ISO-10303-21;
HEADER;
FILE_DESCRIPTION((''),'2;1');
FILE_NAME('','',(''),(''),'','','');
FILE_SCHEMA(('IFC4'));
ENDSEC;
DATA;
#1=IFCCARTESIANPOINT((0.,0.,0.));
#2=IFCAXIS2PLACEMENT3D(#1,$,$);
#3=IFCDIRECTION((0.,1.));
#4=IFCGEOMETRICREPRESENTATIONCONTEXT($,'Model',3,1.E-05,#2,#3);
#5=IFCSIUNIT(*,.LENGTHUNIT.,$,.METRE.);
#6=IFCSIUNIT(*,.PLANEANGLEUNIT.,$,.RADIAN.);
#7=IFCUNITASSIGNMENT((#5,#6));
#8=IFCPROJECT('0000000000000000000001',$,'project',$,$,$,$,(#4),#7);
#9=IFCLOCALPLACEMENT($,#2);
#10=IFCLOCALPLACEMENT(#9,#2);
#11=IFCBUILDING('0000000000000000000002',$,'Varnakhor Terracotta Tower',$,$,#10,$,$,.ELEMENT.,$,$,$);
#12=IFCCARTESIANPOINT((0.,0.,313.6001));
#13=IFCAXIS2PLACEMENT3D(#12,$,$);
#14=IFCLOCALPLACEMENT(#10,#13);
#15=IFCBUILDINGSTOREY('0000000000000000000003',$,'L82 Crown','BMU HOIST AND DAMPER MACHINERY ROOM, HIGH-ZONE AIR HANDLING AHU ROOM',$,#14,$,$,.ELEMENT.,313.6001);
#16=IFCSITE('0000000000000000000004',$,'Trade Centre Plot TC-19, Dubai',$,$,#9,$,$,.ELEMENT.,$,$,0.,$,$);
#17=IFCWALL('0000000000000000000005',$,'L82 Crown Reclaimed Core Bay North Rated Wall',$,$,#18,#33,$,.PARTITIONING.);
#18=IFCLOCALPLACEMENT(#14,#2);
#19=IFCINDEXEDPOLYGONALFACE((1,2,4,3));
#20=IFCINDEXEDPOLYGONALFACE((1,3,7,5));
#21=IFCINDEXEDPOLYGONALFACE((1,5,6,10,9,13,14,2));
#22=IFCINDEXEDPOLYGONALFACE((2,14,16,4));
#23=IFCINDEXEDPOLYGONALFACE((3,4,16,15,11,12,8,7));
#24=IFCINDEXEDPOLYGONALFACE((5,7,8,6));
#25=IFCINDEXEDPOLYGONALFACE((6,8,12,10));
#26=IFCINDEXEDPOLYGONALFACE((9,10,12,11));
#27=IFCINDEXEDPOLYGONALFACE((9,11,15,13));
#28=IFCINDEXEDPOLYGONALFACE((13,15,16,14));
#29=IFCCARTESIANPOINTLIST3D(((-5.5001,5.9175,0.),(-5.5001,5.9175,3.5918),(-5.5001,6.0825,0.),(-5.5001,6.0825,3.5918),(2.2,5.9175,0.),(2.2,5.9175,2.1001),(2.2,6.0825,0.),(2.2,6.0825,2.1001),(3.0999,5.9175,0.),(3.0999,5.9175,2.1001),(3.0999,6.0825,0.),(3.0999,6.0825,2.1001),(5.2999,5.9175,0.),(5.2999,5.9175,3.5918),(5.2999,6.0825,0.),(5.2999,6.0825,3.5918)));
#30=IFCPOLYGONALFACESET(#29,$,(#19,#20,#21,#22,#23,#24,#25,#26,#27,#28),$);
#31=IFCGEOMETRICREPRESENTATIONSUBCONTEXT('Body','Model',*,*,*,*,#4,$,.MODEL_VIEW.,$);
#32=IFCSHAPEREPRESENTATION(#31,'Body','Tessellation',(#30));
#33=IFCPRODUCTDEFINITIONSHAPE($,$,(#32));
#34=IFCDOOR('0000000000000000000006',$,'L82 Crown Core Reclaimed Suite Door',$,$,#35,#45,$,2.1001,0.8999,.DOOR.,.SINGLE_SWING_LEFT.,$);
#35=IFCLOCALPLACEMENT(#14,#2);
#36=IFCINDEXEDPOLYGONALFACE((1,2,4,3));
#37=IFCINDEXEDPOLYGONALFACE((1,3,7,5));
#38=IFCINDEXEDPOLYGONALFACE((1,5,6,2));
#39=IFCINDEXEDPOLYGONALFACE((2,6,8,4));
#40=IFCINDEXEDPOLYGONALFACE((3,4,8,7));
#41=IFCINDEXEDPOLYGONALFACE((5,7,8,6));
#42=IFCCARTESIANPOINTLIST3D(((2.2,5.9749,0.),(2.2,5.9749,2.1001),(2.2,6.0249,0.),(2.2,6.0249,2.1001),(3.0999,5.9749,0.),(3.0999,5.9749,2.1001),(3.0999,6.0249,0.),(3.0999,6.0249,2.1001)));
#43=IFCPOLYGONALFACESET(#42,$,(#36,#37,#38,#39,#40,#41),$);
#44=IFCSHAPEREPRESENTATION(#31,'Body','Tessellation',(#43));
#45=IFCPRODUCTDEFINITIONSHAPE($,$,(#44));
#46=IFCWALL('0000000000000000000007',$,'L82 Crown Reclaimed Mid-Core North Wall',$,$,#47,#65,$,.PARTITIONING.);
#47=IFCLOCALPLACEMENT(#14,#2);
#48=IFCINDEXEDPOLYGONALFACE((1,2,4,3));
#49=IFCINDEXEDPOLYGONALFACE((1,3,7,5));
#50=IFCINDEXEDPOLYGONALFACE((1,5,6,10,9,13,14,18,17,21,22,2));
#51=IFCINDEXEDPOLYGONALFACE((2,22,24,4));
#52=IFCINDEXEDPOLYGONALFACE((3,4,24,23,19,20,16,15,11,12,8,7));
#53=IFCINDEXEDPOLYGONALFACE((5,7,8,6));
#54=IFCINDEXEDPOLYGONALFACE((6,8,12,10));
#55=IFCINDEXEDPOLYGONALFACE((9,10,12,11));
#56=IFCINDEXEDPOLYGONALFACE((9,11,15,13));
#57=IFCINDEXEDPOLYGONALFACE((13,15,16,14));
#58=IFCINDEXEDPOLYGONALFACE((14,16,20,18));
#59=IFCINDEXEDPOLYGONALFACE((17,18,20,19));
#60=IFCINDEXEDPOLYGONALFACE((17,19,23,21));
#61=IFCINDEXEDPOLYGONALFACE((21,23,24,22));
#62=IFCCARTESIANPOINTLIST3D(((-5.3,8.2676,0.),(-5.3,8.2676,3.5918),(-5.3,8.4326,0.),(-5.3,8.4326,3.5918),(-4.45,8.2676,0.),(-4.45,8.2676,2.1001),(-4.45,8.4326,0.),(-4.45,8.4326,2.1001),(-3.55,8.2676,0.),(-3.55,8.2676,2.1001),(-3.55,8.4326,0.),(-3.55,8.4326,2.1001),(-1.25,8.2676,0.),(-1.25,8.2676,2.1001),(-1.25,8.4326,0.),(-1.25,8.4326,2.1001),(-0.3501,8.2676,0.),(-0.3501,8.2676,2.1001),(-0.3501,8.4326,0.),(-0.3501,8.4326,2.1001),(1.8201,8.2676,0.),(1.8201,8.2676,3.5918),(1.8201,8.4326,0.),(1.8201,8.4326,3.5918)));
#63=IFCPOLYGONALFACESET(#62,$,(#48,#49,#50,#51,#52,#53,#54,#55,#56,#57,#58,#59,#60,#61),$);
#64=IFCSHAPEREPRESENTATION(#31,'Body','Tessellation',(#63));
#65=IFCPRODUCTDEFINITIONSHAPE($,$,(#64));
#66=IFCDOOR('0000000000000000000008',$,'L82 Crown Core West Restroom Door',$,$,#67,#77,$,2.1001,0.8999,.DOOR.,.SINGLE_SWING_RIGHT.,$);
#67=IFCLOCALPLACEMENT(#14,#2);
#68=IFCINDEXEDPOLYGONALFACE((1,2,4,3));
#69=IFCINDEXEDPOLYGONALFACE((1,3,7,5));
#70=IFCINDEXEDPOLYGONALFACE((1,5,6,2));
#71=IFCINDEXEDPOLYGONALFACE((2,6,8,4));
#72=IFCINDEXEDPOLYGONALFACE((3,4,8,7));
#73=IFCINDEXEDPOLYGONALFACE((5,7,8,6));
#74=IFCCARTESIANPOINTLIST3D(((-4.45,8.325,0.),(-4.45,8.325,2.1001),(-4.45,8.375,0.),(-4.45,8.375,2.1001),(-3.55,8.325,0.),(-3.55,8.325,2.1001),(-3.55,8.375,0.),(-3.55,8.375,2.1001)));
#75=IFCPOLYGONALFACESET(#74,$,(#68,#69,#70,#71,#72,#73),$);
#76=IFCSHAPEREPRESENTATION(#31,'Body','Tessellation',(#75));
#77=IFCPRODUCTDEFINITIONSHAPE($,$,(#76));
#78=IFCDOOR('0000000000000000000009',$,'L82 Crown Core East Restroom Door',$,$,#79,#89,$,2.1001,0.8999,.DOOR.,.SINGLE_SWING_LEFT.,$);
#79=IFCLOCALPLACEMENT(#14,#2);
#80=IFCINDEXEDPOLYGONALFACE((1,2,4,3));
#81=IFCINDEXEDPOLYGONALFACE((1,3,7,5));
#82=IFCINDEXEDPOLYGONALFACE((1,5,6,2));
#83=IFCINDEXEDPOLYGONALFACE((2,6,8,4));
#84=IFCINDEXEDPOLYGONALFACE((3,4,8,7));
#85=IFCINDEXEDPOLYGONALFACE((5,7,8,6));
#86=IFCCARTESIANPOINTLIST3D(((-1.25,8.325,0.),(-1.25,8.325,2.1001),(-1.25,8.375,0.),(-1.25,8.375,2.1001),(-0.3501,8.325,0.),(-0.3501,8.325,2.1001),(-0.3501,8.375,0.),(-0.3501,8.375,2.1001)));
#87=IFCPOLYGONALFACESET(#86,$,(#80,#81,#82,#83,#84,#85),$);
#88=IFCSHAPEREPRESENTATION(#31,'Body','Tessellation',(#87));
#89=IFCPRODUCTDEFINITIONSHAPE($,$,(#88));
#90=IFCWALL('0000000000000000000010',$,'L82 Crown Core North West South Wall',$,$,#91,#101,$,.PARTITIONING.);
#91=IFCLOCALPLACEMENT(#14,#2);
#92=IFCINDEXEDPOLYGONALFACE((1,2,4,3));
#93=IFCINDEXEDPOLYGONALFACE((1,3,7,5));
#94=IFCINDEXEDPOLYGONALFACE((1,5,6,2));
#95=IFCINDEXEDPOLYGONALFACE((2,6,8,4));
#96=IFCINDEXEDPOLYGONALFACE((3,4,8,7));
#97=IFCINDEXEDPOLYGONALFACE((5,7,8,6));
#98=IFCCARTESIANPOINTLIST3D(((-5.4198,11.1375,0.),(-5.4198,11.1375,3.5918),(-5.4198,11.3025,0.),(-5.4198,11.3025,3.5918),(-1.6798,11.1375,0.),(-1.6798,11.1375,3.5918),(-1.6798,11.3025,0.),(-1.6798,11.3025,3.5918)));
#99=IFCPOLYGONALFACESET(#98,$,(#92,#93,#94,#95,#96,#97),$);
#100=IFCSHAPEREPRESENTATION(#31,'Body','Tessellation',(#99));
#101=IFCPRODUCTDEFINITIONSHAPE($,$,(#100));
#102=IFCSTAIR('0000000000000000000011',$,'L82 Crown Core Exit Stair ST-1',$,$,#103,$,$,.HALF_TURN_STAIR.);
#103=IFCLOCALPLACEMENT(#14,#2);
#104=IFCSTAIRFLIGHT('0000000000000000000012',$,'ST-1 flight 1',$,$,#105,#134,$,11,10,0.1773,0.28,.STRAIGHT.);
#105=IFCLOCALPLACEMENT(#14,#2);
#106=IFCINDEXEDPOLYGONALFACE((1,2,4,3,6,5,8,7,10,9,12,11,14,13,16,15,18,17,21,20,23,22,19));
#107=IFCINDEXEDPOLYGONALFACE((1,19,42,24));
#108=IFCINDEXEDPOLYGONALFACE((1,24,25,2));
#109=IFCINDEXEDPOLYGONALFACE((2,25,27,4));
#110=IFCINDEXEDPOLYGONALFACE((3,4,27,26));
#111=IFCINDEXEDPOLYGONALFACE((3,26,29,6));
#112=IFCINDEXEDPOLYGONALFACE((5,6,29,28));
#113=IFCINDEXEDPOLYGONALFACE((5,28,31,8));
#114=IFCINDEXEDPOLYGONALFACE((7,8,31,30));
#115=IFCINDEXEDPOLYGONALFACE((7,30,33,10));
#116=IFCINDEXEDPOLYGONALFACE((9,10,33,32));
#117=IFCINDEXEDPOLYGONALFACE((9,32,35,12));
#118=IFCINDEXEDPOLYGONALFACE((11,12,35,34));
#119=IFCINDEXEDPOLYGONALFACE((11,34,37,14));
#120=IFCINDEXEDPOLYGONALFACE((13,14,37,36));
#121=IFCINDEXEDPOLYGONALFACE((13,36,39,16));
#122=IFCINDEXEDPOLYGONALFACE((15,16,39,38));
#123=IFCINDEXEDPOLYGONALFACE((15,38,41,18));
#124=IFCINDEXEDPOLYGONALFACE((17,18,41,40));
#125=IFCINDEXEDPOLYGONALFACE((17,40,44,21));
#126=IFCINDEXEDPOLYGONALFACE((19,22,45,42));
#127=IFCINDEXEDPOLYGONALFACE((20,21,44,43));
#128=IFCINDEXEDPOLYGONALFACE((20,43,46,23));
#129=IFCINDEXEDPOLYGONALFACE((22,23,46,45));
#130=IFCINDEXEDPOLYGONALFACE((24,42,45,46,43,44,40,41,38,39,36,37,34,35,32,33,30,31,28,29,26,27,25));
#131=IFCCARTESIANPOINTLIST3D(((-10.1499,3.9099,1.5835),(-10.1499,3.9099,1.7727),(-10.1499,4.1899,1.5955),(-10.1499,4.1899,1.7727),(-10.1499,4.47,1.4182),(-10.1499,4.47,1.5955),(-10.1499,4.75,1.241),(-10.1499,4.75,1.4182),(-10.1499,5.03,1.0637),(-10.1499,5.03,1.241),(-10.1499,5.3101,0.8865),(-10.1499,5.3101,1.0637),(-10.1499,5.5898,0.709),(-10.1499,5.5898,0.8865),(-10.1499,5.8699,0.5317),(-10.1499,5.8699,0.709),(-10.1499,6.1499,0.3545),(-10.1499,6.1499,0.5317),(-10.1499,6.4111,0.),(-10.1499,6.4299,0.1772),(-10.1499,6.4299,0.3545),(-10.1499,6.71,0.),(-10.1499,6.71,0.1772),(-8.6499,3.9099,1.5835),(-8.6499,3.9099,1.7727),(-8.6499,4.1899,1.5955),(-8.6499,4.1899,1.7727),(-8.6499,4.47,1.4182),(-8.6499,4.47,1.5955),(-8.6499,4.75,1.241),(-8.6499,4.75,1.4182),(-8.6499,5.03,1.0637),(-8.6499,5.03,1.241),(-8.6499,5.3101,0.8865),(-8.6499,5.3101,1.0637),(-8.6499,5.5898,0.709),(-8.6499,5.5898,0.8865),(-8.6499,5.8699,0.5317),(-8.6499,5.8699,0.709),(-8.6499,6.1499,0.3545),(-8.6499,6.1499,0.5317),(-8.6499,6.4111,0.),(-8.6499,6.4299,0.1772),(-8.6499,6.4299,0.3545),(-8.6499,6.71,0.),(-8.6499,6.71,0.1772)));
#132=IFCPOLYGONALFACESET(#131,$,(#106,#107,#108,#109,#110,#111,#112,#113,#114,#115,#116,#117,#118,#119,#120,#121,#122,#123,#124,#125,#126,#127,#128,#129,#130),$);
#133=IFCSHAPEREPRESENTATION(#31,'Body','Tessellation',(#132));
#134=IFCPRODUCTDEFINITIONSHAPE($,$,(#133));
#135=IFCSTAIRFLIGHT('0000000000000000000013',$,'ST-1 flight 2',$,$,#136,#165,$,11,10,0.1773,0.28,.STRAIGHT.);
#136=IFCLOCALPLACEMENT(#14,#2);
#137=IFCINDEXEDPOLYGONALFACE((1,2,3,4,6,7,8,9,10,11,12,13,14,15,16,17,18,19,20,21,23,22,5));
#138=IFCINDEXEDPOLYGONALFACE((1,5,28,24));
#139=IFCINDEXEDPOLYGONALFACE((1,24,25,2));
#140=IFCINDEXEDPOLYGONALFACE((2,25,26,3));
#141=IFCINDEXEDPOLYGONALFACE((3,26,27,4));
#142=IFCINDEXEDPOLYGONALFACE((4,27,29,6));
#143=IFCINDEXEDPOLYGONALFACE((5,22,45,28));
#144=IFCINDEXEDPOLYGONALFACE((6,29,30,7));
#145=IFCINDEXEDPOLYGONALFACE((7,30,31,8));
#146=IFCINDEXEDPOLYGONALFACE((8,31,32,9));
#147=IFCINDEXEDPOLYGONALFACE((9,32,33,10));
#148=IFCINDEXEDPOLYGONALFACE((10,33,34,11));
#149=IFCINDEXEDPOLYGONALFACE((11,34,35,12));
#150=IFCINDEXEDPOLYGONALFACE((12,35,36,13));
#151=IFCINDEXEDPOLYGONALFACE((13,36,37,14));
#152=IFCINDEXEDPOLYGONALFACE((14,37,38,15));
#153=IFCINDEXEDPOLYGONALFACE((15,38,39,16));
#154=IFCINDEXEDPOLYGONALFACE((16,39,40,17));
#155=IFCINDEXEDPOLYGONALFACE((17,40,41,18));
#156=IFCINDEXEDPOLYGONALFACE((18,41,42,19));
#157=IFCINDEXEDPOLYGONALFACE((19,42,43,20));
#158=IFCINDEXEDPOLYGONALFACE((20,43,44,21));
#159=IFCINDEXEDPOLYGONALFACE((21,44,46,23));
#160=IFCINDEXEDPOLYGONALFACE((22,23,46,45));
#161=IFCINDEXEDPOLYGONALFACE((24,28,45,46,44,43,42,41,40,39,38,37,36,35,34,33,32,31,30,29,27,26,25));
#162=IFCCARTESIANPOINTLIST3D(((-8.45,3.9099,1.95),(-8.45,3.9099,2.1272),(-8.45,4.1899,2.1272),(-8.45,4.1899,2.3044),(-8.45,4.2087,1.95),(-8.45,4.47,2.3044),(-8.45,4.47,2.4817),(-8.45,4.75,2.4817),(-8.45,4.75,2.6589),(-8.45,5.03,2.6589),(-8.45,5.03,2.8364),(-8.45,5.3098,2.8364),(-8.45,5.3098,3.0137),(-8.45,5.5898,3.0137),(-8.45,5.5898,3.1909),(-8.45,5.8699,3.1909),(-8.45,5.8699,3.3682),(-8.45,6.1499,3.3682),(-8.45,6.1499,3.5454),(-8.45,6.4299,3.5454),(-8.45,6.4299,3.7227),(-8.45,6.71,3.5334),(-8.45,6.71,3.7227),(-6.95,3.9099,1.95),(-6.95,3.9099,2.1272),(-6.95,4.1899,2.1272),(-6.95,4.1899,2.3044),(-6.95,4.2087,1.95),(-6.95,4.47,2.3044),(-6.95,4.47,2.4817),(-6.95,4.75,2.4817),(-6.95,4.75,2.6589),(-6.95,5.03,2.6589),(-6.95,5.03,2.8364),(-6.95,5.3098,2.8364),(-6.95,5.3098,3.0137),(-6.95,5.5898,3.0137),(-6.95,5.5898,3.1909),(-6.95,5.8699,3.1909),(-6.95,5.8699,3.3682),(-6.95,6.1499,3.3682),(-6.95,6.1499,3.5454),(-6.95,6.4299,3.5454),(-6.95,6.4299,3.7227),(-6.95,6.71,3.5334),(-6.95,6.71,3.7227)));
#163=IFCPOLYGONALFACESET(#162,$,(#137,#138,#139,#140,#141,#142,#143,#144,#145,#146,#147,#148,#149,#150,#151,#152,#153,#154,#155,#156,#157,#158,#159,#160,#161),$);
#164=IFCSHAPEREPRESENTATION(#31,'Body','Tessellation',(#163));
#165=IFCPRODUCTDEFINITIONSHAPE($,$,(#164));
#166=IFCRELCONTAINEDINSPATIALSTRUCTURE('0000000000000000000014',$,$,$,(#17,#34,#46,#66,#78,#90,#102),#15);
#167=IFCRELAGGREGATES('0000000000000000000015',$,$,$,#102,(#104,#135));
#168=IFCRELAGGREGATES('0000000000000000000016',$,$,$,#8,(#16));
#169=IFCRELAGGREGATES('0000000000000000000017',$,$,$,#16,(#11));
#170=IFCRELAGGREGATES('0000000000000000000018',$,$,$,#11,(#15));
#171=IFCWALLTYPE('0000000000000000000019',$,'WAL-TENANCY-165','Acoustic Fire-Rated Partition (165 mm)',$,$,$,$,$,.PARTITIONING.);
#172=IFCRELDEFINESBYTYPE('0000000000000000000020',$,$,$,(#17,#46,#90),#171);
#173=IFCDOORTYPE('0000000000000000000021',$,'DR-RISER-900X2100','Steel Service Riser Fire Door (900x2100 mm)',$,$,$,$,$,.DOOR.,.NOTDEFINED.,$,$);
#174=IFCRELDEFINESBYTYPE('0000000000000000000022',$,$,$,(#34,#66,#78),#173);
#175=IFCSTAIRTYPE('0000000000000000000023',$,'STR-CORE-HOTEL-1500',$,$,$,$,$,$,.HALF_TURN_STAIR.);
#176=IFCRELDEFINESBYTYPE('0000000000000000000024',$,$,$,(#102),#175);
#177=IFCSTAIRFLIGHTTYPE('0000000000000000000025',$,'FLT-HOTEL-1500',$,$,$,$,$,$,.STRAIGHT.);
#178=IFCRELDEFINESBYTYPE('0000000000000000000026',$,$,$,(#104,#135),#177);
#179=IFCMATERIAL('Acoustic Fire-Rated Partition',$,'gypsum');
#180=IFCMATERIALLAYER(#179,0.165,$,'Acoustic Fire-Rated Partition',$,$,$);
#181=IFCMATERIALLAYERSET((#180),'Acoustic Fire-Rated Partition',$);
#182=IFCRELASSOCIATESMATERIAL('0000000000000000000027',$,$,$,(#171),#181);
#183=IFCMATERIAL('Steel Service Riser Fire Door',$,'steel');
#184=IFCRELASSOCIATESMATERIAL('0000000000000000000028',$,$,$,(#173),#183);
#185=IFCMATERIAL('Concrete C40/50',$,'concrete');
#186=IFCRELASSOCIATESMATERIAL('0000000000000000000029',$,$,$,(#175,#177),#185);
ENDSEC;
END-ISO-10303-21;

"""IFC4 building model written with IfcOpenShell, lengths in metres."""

from ifc_helpers import new_model, si_unit, direction, frame, frame_2d, origin, place, context, subcontext, project, spatial, polyline, rectangle, outline, extrude, source, transform, mapped, material, layer, layer_set, type_object, type_shapes, element, fill, aggregate, save


model = new_model("IFC4")

# Units and contexts
model_context = context("Model", 3, precision=1e-05, world=origin(), true_north=direction((0.0, 1.0)))
body_context = subcontext(model_context, "Body", "Model", "MODEL_VIEW")
ifc_project = project(units=[si_unit("LENGTHUNIT", "METRE"), si_unit("PLANEANGLEUNIT", "RADIAN")], contexts=[model_context])

# Site, building, storey
site_placement = place(None, origin())
site = spatial("IfcSite", under=ifc_project, at=site_placement, Name="Trade Centre Plot TC-19, Dubai", CompositionType="ELEMENT", RefElevation=0.0)
building_placement = place(site_placement, origin())
building = spatial("IfcBuilding", under=site, at=building_placement, Name="Varnakhor Terracotta Tower", CompositionType="ELEMENT")
storey_placement = place(building_placement, frame((0.0, 0.0, 313.6001)))
storey = spatial("IfcBuildingStorey", under=building, at=storey_placement, Name="L82 Crown", Description="BMU HOIST AND DAMPER MACHINERY ROOM, HIGH-ZONE AIR HANDLING AHU ROOM", CompositionType="ELEMENT", Elevation=313.6001)

# Shared definitions
ifc_material_1 = material(Name="Concrete C40/50", Category="concrete")

# Shared definitions
ifc_material_2 = material(Name="Acoustic Fire-Rated Partition", Category="gypsum")

# Wall, opening, door
ifc_layer_1 = layer(ifc_material_2, 0.165, Name="Acoustic Fire-Rated Partition")
ifc_layer_set_1 = layer_set([ifc_layer_1], Name="Acoustic Fire-Rated Partition")
wall_type_1 = type_object("IfcWallType", Name="WAL-TENANCY-165", Description="Acoustic Fire-Rated Partition (165 mm)", PredefinedType="PARTITIONING", material=ifc_layer_set_1)
wall_1_placement = place(storey_placement, frame((-5.5, 6.0, 0.0), z_axis=(0.0, 0.0, 1.0), x_axis=(1.0, 0.0, 0.0)))
wall_1 = element("IfcWall", 1, at=wall_1_placement, inside=storey, type_object=wall_type_1, Name="L82 Crown Reclaimed Core Bay North Rated Wall", PredefinedType="PARTITIONING", context=body_context, shape_type="SweptSolid", body=[
    extrude(rectangle(XDim=10.8, YDim=0.165, at=frame_2d((5.3999, 0.0))), origin(), (0.0, 0.0, 1.0), 3.5918),
])
opening_1_placement = place(wall_1_placement, frame((7.7, 0.0, 0.0)))
opening_1 = element("IfcOpeningElement", 2, at=opening_1_placement, cuts=wall_1, PredefinedType="OPENING", context=body_context, shape_type="SweptSolid", body=[
    extrude(rectangle(XDim=0.8999, YDim=2.1001, at=frame_2d((0.45, 1.05))), frame((0.0, 0.0925, 0.0), z_axis=(0.0, -1.0, 0.0), x_axis=(1.0, 0.0, 0.0)), (0.0, 0.0, 1.0), 0.1851),
])
ifc_material_3 = material(Name="Steel Service Riser Fire Door", Category="steel")
door_type_1 = type_object("IfcDoorType", Name="DR-RISER-900X2100", Description="Steel Service Riser Fire Door (900x2100 mm)", OperationType="NOTDEFINED", PredefinedType="DOOR", material=ifc_material_3)
shared_shape_1 = source(origin(), body_context, "Body", "SweptSolid", [
    extrude(rectangle(XDim=0.8999, YDim=2.1001, at=frame_2d((0.45, 1.05))), frame((0.0, 0.0249, 0.0), z_axis=(0.0, -1.0, 0.0), x_axis=(1.0, 0.0, 0.0)), (0.0, 0.0, 1.0), 0.05),
])
type_shapes(door_type_1, [shared_shape_1])
door_1_placement = place(opening_1_placement, origin())
door_1 = element("IfcDoor", 3, at=door_1_placement, inside=storey, type_object=door_type_1, Name="L82 Crown Core Reclaimed Suite Door", OperationType="SINGLE_SWING_LEFT", OverallHeight=2.1001, OverallWidth=0.8999, PredefinedType="DOOR", context=body_context, shape_type="MappedRepresentation", body=[
    mapped(shared_shape_1, transform((0.0, 0.0, 0.0), scale=1.0)),
])
fill(opening_1, door_1)

# Wall, openings, doors
wall_2_placement = place(storey_placement, frame((-5.3, 8.3501, 0.0), z_axis=(0.0, 0.0, 1.0), x_axis=(1.0, 0.0, 0.0)))
wall_2 = element("IfcWall", 4, at=wall_2_placement, inside=storey, type_object=wall_type_1, Name="L82 Crown Reclaimed Mid-Core North Wall", PredefinedType="PARTITIONING", context=body_context, shape_type="SweptSolid", body=[
    extrude(rectangle(XDim=7.1201, YDim=0.165, at=frame_2d((3.5601, 0.0))), origin(), (0.0, 0.0, 1.0), 3.5918),
])
opening_2_placement = place(wall_2_placement, frame((0.8501, 0.0, 0.0)))
opening_2 = element("IfcOpeningElement", 5, at=opening_2_placement, cuts=wall_2, PredefinedType="OPENING", context=body_context, shape_type="SweptSolid", body=[
    extrude(rectangle(XDim=0.8999, YDim=2.1001, at=frame_2d((0.45, 1.05))), frame((0.0, 0.0925, 0.0), z_axis=(0.0, -1.0, 0.0), x_axis=(1.0, 0.0, 0.0)), (0.0, 0.0, 1.0), 0.1851),
])
opening_3_placement = place(wall_2_placement, frame((4.05, 0.0, 0.0)))
opening_3 = element("IfcOpeningElement", 6, at=opening_3_placement, cuts=wall_2, PredefinedType="OPENING", context=body_context, shape_type="SweptSolid", body=[
    extrude(rectangle(XDim=0.8999, YDim=2.1001, at=frame_2d((0.45, 1.05))), frame((0.0, 0.0925, 0.0), z_axis=(0.0, -1.0, 0.0), x_axis=(1.0, 0.0, 0.0)), (0.0, 0.0, 1.0), 0.1851),
])
door_2_placement = place(opening_2_placement, origin())
door_2 = element("IfcDoor", 7, at=door_2_placement, inside=storey, type_object=door_type_1, Name="L82 Crown Core West Restroom Door", OperationType="SINGLE_SWING_RIGHT", OverallHeight=2.1001, OverallWidth=0.8999, PredefinedType="DOOR", context=body_context, shape_type="MappedRepresentation", body=[
    mapped(shared_shape_1, transform((0.0, 0.0, 0.0), scale=1.0)),
])
fill(opening_2, door_2)
door_3_placement = place(opening_3_placement, origin())
door_3 = element("IfcDoor", 8, at=door_3_placement, inside=storey, type_object=door_type_1, Name="L82 Crown Core East Restroom Door", OperationType="SINGLE_SWING_LEFT", OverallHeight=2.1001, OverallWidth=0.8999, PredefinedType="DOOR", context=body_context, shape_type="MappedRepresentation", body=[
    mapped(shared_shape_1, transform((0.0, 0.0, 0.0), scale=1.0)),
])
fill(opening_3, door_3)

# Wall
wall_3_placement = place(storey_placement, frame((-5.4199, 11.22, 0.0), z_axis=(0.0, 0.0, 1.0), x_axis=(1.0, 0.0, 0.0)))
element("IfcWall", 9, at=wall_3_placement, inside=storey, type_object=wall_type_1, Name="L82 Crown Core North West South Wall", PredefinedType="PARTITIONING", context=body_context, shape_type="SweptSolid", body=[
    extrude(rectangle(XDim=3.74, YDim=0.165, at=frame_2d((1.8701, 0.0))), origin(), (0.0, 0.0, 1.0), 3.5918),
])

# Stair, stair flights
stair_type = type_object("IfcStairType", Name="STR-CORE-HOTEL-1500", PredefinedType="HALF_TURN_STAIR", material=ifc_material_1)
stair_placement = place(storey_placement, origin())
stair = element("IfcStair", 10, at=stair_placement, inside=storey, type_object=stair_type, Name="L82 Crown Core Exit Stair ST-1", PredefinedType="HALF_TURN_STAIR")
stair_flight_type = type_object("IfcStairFlightType", Name="FLT-HOTEL-1500", PredefinedType="STRAIGHT", material=ifc_material_1)
stair_flight_1_placement = place(storey_placement, frame((-9.3999, 6.71, 0.0), z_axis=(0.0, 0.0, 1.0), x_axis=(0.0, -1.0, 0.0)))
stair_flight_1 = element("IfcStairFlight", 11, at=stair_flight_1_placement, type_object=stair_flight_type, Name="ST-1 flight 1", NumberOfRisers=11, NumberOfTreads=10, PredefinedType="STRAIGHT", RiserHeight=0.1773, TreadLength=0.28, context=body_context, shape_type="SweptSolid", body=[
    extrude(outline(polyline([(0.0, 0.0), (0.0, 0.1772), (0.28, 0.1772), (0.28, 0.3545), (0.5601, 0.3545), (0.5601, 0.5317), (0.8401, 0.5317), (0.8401, 0.709), (1.1201, 0.709), (1.1201, 0.8865), (1.3999, 0.8865), (1.3999, 1.0637), (1.6799, 1.0637), (1.6799, 1.241), (1.96, 1.241), (1.96, 1.4182), (2.24, 1.4182), (2.24, 1.5955), (2.52, 1.5955), (2.52, 1.7727), (2.8, 1.7727), (2.8, 1.95), (2.8, 1.5835), (0.2988, 0.0), (0.0, 0.0)])), frame((0.0, 0.75, 0.0), z_axis=(0.0, -1.0, 0.0), x_axis=(1.0, 0.0, 0.0)), (0.0, 0.0, 1.0), 1.5),
])
stair_flight_2_placement = place(storey_placement, frame((-7.7, 3.9099, 1.95), z_axis=(0.0, 0.0, 1.0), x_axis=(0.0, 1.0, 0.0)))
stair_flight_2 = element("IfcStairFlight", 12, at=stair_flight_2_placement, type_object=stair_flight_type, Name="ST-1 flight 2", NumberOfRisers=11, NumberOfTreads=10, PredefinedType="STRAIGHT", RiserHeight=0.1773, TreadLength=0.28, context=body_context, shape_type="SweptSolid", body=[
    extrude(outline(polyline([(0.0, 0.0), (0.0, 0.1772), (0.28, 0.1772), (0.28, 0.3545), (0.5601, 0.3545), (0.5601, 0.5317), (0.8401, 0.5317), (0.8401, 0.709), (1.1201, 0.709), (1.1201, 0.8865), (1.3999, 0.8865), (1.3999, 1.0637), (1.6799, 1.0637), (1.6799, 1.241), (1.96, 1.241), (1.96, 1.4182), (2.24, 1.4182), (2.24, 1.5955), (2.52, 1.5955), (2.52, 1.7727), (2.8, 1.7727), (2.8, 1.95), (2.8, 1.5835), (0.2988, 0.0), (0.0, 0.0)])), frame((0.0, 0.75, 0.0), z_axis=(0.0, -1.0, 0.0), x_axis=(1.0, 0.0, 0.0)), (0.0, 0.0, 1.0), 1.5),
])
aggregate(stair, [stair_flight_1, stair_flight_2])

save(model, "model.ifc")
